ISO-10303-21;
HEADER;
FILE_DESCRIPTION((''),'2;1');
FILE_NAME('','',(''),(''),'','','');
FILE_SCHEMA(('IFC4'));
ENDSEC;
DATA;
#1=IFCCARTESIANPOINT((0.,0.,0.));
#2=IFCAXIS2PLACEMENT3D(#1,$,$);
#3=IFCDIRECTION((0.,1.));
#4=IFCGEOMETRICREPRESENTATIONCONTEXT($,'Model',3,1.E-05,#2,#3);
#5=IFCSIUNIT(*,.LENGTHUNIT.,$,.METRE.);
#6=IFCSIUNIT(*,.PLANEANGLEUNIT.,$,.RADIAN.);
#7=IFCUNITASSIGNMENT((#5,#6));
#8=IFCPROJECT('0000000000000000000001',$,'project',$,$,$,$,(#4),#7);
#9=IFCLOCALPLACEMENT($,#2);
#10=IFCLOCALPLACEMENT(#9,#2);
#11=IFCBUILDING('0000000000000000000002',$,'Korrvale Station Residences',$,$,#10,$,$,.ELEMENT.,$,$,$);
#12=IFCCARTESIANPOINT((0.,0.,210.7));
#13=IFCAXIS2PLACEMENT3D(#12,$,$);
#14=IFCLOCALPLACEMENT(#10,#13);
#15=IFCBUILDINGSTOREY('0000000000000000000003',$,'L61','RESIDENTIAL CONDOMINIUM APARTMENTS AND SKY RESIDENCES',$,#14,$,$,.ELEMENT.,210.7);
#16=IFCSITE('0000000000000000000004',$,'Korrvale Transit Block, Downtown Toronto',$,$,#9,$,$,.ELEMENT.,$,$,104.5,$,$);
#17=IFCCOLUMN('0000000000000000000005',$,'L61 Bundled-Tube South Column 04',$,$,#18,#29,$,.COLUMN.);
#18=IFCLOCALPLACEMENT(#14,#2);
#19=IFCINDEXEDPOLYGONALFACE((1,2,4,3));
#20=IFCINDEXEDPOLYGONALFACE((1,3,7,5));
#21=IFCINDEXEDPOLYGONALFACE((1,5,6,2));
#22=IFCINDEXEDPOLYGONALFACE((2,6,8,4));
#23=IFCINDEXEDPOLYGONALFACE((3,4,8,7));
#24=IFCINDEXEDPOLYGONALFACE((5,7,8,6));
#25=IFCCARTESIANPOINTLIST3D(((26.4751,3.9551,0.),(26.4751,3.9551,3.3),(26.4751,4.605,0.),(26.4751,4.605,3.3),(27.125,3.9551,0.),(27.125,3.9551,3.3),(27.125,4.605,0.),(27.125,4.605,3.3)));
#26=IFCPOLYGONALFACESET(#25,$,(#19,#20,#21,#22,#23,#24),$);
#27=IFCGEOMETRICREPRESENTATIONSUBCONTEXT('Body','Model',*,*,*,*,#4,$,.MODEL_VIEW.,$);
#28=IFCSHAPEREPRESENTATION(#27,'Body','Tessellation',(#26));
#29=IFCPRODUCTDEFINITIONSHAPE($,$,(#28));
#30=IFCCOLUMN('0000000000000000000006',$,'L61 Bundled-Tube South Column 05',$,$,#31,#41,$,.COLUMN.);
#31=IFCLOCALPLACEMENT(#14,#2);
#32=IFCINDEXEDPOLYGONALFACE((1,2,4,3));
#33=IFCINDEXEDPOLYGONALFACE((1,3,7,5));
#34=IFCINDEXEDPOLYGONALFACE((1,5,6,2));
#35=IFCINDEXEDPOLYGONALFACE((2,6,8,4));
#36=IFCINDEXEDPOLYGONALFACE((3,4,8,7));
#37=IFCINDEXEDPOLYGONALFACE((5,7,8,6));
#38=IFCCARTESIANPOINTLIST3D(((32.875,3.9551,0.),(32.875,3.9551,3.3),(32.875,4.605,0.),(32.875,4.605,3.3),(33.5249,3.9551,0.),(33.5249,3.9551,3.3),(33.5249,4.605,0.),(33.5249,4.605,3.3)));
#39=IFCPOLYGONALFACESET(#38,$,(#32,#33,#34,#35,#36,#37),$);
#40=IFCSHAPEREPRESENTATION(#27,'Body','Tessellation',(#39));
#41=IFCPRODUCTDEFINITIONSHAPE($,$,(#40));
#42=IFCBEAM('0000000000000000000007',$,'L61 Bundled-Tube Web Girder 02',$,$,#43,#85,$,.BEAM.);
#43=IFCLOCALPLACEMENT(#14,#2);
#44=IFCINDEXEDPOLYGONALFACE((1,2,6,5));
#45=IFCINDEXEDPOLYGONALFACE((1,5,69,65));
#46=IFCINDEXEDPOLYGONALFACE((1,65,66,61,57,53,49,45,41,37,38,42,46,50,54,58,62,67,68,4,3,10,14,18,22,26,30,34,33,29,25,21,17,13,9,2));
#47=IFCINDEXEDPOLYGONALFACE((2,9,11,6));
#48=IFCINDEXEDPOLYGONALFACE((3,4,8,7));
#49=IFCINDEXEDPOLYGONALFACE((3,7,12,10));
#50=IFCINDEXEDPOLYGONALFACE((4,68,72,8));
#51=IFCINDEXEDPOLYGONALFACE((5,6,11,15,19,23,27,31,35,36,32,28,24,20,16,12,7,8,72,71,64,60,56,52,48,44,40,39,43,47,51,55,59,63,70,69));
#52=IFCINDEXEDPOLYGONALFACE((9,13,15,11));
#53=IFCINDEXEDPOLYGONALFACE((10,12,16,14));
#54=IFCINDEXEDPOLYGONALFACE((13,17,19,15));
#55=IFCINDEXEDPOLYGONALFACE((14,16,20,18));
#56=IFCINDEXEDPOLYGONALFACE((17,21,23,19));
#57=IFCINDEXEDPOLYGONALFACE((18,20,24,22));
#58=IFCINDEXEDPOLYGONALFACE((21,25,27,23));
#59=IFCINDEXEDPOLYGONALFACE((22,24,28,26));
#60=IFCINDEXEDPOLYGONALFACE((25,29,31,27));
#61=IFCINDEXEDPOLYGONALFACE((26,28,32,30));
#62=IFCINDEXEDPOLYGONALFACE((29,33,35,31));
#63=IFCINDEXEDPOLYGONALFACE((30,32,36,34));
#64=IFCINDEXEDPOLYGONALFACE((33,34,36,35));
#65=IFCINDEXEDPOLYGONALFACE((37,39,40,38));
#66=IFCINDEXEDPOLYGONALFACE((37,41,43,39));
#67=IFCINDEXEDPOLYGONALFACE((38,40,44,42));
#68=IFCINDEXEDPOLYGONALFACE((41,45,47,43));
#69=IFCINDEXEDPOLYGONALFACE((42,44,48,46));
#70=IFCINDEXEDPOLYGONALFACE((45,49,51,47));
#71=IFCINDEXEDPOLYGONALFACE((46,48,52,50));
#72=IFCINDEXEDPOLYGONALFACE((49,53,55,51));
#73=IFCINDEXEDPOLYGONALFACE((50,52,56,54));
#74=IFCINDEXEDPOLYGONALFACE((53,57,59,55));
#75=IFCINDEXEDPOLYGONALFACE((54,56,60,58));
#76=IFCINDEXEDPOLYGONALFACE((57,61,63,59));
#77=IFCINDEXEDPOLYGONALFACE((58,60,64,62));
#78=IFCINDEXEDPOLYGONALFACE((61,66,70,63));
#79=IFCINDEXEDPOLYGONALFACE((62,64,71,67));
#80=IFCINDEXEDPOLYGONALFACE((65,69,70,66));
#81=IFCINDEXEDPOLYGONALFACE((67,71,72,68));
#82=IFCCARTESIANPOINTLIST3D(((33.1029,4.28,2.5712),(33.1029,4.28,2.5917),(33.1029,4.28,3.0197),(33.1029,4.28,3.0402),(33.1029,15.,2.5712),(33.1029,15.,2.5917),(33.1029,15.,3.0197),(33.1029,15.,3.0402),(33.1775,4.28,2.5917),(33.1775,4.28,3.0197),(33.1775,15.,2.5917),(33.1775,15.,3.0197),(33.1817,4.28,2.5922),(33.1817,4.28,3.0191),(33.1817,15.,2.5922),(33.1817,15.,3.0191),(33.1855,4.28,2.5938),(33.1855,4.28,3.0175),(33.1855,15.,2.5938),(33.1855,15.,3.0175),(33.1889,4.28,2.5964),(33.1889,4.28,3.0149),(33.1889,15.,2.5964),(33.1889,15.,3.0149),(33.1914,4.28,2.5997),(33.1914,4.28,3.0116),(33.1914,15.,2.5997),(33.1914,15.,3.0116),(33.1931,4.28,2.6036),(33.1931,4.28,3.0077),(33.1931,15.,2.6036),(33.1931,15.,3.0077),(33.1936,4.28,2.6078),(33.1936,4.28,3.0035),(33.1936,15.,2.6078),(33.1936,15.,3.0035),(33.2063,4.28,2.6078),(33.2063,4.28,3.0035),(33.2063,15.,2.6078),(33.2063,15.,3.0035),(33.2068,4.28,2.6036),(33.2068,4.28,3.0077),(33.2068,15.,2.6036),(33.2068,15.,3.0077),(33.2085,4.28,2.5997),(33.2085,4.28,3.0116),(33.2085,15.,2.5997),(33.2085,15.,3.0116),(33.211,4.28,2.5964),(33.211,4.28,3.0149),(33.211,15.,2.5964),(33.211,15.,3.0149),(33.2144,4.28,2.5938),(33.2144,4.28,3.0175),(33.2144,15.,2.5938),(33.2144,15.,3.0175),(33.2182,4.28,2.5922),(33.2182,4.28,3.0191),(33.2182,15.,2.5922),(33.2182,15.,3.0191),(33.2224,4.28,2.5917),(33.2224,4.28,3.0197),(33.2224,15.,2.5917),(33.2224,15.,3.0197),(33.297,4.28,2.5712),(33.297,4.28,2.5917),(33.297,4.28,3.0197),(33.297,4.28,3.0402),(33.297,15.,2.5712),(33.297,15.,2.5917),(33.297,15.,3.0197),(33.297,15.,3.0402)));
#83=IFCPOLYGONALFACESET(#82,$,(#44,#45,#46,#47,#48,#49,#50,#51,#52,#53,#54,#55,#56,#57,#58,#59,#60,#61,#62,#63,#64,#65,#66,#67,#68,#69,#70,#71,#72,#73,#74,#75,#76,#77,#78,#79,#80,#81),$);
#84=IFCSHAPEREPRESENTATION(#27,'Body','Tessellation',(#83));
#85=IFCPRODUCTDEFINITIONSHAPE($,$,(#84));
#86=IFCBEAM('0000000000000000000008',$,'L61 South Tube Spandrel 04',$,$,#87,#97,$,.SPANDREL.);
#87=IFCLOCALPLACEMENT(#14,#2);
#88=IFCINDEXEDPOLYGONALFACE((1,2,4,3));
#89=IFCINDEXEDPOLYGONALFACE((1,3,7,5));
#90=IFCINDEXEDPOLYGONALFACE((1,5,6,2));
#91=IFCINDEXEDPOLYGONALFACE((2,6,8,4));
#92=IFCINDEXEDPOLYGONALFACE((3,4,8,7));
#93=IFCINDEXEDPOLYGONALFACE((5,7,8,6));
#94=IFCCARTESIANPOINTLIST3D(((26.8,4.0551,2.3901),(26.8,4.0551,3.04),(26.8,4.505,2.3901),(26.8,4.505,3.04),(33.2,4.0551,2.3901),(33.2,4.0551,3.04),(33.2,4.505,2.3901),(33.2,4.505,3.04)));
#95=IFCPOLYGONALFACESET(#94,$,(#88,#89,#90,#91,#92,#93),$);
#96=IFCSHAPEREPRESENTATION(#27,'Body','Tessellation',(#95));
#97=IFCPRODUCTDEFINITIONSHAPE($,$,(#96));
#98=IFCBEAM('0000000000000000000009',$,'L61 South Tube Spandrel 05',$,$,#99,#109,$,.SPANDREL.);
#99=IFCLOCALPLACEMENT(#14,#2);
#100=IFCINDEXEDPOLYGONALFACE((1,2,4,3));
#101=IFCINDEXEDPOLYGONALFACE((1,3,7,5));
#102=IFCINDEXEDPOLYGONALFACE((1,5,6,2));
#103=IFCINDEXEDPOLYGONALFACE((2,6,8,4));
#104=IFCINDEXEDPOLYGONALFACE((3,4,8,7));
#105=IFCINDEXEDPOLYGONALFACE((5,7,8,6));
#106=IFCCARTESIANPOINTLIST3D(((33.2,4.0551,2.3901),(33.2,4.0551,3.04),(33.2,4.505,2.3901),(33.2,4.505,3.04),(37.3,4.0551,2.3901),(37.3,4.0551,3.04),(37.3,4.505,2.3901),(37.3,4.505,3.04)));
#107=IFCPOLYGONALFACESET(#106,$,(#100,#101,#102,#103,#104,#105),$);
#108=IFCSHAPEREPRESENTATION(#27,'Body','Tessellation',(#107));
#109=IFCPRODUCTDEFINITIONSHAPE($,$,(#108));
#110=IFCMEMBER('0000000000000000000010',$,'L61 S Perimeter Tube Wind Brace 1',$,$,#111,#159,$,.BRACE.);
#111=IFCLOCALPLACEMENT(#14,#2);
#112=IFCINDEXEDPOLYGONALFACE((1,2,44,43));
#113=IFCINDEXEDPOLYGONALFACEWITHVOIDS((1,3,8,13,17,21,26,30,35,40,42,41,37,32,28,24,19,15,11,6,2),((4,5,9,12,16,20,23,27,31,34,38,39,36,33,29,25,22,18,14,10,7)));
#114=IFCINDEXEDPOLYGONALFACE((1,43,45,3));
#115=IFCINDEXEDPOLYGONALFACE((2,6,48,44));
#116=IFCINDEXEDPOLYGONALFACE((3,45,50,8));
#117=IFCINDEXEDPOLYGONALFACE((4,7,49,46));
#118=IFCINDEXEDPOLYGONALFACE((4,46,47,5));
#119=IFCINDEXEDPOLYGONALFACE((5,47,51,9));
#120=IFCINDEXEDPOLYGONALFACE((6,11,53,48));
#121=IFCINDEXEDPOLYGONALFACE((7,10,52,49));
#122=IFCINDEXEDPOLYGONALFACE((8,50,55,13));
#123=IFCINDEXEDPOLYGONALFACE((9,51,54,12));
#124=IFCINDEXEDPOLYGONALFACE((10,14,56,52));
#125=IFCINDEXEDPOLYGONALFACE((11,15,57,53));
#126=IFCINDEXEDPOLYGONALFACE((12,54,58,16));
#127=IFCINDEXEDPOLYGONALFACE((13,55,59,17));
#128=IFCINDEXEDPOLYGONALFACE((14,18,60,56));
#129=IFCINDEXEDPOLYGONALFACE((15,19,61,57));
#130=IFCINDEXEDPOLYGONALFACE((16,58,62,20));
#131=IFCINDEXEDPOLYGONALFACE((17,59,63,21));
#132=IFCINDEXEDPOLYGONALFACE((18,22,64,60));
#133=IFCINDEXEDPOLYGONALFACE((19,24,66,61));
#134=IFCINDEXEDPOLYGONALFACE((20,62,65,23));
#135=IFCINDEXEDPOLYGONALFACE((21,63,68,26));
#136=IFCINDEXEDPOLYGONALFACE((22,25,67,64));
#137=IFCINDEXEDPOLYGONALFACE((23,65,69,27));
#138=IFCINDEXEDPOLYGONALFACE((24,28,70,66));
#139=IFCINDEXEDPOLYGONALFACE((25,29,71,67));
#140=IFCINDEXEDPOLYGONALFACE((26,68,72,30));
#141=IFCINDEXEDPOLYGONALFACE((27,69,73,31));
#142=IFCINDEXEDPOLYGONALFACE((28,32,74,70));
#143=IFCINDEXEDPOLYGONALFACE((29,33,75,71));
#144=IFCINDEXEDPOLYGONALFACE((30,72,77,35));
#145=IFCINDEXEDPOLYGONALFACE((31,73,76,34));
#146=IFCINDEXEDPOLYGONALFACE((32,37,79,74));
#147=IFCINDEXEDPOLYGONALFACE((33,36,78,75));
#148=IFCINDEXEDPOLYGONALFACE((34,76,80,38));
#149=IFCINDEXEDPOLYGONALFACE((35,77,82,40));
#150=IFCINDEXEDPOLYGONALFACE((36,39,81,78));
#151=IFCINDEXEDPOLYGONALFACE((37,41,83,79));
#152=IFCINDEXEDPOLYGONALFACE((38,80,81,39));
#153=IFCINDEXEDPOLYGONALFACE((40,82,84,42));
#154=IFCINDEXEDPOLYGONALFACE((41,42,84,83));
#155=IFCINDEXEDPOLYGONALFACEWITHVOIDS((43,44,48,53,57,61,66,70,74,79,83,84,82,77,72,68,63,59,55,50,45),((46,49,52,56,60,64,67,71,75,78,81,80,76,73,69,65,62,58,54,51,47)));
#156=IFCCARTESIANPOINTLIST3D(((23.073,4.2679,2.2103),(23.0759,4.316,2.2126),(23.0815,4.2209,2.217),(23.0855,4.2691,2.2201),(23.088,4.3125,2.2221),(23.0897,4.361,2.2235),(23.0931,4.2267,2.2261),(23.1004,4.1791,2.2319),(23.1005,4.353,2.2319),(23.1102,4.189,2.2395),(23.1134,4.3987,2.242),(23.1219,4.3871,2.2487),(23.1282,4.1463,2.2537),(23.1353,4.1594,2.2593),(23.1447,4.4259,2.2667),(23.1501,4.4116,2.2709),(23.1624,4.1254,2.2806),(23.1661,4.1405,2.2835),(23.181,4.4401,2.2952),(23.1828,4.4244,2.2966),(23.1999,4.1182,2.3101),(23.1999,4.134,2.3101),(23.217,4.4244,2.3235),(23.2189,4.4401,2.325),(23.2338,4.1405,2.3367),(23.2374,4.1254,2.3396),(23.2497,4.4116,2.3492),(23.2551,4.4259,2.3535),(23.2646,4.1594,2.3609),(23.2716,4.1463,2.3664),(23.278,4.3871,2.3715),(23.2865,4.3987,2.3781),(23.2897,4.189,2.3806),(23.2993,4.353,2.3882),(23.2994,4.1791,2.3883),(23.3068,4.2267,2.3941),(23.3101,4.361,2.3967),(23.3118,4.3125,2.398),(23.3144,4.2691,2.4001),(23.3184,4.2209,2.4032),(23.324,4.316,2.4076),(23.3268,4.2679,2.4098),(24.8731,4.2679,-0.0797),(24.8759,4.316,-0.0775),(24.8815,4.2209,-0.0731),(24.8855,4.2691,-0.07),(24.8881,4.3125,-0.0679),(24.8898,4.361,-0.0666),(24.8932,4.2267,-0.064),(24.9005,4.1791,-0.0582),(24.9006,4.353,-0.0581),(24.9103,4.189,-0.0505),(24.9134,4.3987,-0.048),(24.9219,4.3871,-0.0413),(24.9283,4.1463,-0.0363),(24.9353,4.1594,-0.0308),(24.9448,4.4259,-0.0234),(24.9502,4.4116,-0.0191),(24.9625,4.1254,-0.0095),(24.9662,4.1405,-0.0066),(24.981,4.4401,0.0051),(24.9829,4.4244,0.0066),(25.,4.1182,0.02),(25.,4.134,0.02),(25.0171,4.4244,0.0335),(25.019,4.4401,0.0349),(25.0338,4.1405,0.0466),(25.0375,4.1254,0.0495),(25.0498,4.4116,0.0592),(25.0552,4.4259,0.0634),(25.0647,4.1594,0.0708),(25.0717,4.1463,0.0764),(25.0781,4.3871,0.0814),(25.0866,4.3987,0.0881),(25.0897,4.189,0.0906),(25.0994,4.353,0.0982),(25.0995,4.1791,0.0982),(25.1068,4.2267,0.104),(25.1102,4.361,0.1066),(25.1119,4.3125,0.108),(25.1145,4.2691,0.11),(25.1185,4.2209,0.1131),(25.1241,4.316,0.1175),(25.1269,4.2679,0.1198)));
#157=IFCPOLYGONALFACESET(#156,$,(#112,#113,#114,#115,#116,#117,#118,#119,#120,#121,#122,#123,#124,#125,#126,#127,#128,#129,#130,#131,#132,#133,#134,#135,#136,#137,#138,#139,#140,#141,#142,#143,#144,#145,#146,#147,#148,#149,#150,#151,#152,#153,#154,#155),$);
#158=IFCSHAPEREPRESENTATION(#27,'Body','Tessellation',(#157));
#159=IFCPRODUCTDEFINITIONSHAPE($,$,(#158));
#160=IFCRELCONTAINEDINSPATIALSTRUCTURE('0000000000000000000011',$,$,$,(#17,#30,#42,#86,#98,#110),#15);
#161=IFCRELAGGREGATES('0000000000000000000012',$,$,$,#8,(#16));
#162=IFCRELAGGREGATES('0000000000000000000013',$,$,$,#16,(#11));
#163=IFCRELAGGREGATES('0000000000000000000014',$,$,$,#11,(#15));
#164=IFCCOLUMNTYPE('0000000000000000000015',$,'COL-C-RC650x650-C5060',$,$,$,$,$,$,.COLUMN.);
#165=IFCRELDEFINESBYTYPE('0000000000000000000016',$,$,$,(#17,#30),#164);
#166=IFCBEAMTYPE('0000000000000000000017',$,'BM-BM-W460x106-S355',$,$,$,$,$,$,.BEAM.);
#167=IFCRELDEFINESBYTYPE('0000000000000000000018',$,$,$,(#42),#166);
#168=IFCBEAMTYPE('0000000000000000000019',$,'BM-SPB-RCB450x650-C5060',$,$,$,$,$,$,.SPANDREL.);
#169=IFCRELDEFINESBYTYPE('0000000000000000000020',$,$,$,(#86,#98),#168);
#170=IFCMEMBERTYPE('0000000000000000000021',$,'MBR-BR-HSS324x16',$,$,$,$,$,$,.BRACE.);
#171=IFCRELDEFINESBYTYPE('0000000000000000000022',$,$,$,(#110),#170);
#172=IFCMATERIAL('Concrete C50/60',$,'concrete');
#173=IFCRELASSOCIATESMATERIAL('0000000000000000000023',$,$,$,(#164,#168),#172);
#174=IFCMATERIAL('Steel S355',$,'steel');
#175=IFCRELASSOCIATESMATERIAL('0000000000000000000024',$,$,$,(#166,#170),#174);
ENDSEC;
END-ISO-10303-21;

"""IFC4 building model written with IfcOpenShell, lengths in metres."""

from ifc_helpers import new_model, si_unit, direction, frame, origin, origin_2d, place, context, subcontext, project, spatial, rectangle, hollow_circle, i_section, extrude, material, material_profile, profile_set, type_object, element, save


model = new_model("IFC4")

# Units and contexts
model_context = context("Model", 3, precision=1e-05, world=origin(), true_north=direction((0.0, 1.0)))
body_context = subcontext(model_context, "Body", "Model", "MODEL_VIEW")
ifc_project = project(units=[si_unit("LENGTHUNIT", "METRE"), si_unit("PLANEANGLEUNIT", "RADIAN")], contexts=[model_context])

# Site, building, storey
site_placement = place(None, origin())
site = spatial("IfcSite", under=ifc_project, at=site_placement, Name="Korrvale Transit Block, Downtown Toronto", CompositionType="ELEMENT", RefElevation=104.5)
building_placement = place(site_placement, origin())
building = spatial("IfcBuilding", under=site, at=building_placement, Name="Korrvale Station Residences", CompositionType="ELEMENT")
storey_placement = place(building_placement, frame((0.0, 0.0, 210.7)))
storey = spatial("IfcBuildingStorey", under=building, at=storey_placement, Name="L61", Description="RESIDENTIAL CONDOMINIUM APARTMENTS AND SKY RESIDENCES", CompositionType="ELEMENT", Elevation=210.7)

# Columns
ifc_material_1 = material(Name="Concrete C50/60", Category="concrete")
ifc_material_profile_1 = material_profile(ifc_material_1, rectangle(XDim=0.6499, YDim=0.6499, at=origin_2d()), Name="RC650x650")
ifc_profile_set_1 = profile_set([ifc_material_profile_1], Name="Concrete C50/60")
column_type = type_object("IfcColumnType", Name="COL-C-RC650x650-C5060", PredefinedType="COLUMN", material=ifc_profile_set_1)
for number, where, z_axis, x_axis, name in (
    (1, (26.8, 4.28, 0.0), (0.0, 0.0, 1.0), (1.0, 0.0, 0.0), "L61 Bundled-Tube South Column 04"),
    (2, (33.2, 4.28, 0.0), (0.0, 0.0, 1.0), (1.0, 0.0, 0.0), "L61 Bundled-Tube South Column 05"),
):
    element("IfcColumn", number, at=place(storey_placement, frame(where, z_axis=z_axis, x_axis=x_axis)), inside=storey, type_object=column_type, Name=name, PredefinedType="COLUMN", context=body_context, shape_type="SweptSolid", body=[
        extrude(rectangle(XDim=0.6499, YDim=0.6499, at=origin_2d()), origin(), (0.0, 0.0, 1.0), 3.3),
    ])

# Beams
ifc_material_2 = material(Name="Steel S355", Category="steel")
ifc_material_profile_2 = material_profile(ifc_material_2, i_section(OverallWidth=0.1941, OverallDepth=0.469, WebThickness=0.0127, FlangeThickness=0.0205, FilletRadius=0.0161, at=origin_2d()), Name="W460x106")
ifc_profile_set_2 = profile_set([ifc_material_profile_2], Name="Steel S355")
beam_type_1 = type_object("IfcBeamType", Name="BM-BM-W460x106-S355", PredefinedType="BEAM", material=ifc_profile_set_2)
beam_1_placement = place(storey_placement, frame((33.2, 4.28, 2.8057), z_axis=(0.0, 1.0, 0.0), x_axis=(-1.0, 0.0, 0.0)))
element("IfcBeam", 3, at=beam_1_placement, inside=storey, type_object=beam_type_1, Name="L61 Bundled-Tube Web Girder 02", PredefinedType="BEAM", context=body_context, shape_type="SweptSolid", body=[
    extrude(i_section(OverallWidth=0.1941, OverallDepth=0.469, WebThickness=0.0127, FlangeThickness=0.0205, FilletRadius=0.0161, at=origin_2d()), origin(), (0.0, 0.0, 1.0), 10.72),
])
ifc_material_profile_3 = material_profile(ifc_material_1, rectangle(XDim=0.45, YDim=0.6499, at=origin_2d()), Name="RCB450x650")
ifc_profile_set_3 = profile_set([ifc_material_profile_3], Name="Concrete C50/60")
beam_type_2 = type_object("IfcBeamType", Name="BM-SPB-RCB450x650-C5060", PredefinedType="SPANDREL", material=ifc_profile_set_3)
beam_2_placement = place(storey_placement, frame((26.8, 4.28, 2.7151), z_axis=(1.0, 0.0, 0.0), x_axis=(0.0, 1.0, 0.0)))
element("IfcBeam", 4, at=beam_2_placement, inside=storey, type_object=beam_type_2, Name="L61 South Tube Spandrel 04", PredefinedType="SPANDREL", context=body_context, shape_type="SweptSolid", body=[
    extrude(rectangle(XDim=0.45, YDim=0.6499, at=origin_2d()), origin(), (0.0, 0.0, 1.0), 6.3999),
])
beam_3_placement = place(storey_placement, frame((33.2, 4.28, 2.7151), z_axis=(1.0, 0.0, 0.0), x_axis=(0.0, 1.0, 0.0)))
element("IfcBeam", 5, at=beam_3_placement, inside=storey, type_object=beam_type_2, Name="L61 South Tube Spandrel 05", PredefinedType="SPANDREL", context=body_context, shape_type="SweptSolid", body=[
    extrude(rectangle(XDim=0.45, YDim=0.6499, at=origin_2d()), origin(), (0.0, 0.0, 1.0), 4.1001),
])

# Member
ifc_material_profile_4 = material_profile(ifc_material_2, hollow_circle(Radius=0.1619, WallThickness=0.0159, at=origin_2d()), Name="HSS324x16")
ifc_profile_set_4 = profile_set([ifc_material_profile_4], Name="Steel S355")
member_type = type_object("IfcMemberType", Name="MBR-BR-HSS324x16", PredefinedType="BRACE", material=ifc_profile_set_4)
for number, where, z_axis, x_axis, name in (
    (6, (25.0, 4.28, 0.02), (-0.617977, 0.0, 0.786196), (0.0, -1.0, 0.0), "L61 S Perimeter Tube Wind Brace 1"),
):
    element("IfcMember", number, at=place(storey_placement, frame(where, z_axis=z_axis, x_axis=x_axis)), inside=storey, type_object=member_type, Name=name, PredefinedType="BRACE", context=body_context, shape_type="SweptSolid", body=[
        extrude(hollow_circle(Radius=0.1619, WallThickness=0.0159, at=origin_2d()), origin(), (0.0, 0.0, 1.0), 2.9128),
    ])

save(model, "model.ifc")
